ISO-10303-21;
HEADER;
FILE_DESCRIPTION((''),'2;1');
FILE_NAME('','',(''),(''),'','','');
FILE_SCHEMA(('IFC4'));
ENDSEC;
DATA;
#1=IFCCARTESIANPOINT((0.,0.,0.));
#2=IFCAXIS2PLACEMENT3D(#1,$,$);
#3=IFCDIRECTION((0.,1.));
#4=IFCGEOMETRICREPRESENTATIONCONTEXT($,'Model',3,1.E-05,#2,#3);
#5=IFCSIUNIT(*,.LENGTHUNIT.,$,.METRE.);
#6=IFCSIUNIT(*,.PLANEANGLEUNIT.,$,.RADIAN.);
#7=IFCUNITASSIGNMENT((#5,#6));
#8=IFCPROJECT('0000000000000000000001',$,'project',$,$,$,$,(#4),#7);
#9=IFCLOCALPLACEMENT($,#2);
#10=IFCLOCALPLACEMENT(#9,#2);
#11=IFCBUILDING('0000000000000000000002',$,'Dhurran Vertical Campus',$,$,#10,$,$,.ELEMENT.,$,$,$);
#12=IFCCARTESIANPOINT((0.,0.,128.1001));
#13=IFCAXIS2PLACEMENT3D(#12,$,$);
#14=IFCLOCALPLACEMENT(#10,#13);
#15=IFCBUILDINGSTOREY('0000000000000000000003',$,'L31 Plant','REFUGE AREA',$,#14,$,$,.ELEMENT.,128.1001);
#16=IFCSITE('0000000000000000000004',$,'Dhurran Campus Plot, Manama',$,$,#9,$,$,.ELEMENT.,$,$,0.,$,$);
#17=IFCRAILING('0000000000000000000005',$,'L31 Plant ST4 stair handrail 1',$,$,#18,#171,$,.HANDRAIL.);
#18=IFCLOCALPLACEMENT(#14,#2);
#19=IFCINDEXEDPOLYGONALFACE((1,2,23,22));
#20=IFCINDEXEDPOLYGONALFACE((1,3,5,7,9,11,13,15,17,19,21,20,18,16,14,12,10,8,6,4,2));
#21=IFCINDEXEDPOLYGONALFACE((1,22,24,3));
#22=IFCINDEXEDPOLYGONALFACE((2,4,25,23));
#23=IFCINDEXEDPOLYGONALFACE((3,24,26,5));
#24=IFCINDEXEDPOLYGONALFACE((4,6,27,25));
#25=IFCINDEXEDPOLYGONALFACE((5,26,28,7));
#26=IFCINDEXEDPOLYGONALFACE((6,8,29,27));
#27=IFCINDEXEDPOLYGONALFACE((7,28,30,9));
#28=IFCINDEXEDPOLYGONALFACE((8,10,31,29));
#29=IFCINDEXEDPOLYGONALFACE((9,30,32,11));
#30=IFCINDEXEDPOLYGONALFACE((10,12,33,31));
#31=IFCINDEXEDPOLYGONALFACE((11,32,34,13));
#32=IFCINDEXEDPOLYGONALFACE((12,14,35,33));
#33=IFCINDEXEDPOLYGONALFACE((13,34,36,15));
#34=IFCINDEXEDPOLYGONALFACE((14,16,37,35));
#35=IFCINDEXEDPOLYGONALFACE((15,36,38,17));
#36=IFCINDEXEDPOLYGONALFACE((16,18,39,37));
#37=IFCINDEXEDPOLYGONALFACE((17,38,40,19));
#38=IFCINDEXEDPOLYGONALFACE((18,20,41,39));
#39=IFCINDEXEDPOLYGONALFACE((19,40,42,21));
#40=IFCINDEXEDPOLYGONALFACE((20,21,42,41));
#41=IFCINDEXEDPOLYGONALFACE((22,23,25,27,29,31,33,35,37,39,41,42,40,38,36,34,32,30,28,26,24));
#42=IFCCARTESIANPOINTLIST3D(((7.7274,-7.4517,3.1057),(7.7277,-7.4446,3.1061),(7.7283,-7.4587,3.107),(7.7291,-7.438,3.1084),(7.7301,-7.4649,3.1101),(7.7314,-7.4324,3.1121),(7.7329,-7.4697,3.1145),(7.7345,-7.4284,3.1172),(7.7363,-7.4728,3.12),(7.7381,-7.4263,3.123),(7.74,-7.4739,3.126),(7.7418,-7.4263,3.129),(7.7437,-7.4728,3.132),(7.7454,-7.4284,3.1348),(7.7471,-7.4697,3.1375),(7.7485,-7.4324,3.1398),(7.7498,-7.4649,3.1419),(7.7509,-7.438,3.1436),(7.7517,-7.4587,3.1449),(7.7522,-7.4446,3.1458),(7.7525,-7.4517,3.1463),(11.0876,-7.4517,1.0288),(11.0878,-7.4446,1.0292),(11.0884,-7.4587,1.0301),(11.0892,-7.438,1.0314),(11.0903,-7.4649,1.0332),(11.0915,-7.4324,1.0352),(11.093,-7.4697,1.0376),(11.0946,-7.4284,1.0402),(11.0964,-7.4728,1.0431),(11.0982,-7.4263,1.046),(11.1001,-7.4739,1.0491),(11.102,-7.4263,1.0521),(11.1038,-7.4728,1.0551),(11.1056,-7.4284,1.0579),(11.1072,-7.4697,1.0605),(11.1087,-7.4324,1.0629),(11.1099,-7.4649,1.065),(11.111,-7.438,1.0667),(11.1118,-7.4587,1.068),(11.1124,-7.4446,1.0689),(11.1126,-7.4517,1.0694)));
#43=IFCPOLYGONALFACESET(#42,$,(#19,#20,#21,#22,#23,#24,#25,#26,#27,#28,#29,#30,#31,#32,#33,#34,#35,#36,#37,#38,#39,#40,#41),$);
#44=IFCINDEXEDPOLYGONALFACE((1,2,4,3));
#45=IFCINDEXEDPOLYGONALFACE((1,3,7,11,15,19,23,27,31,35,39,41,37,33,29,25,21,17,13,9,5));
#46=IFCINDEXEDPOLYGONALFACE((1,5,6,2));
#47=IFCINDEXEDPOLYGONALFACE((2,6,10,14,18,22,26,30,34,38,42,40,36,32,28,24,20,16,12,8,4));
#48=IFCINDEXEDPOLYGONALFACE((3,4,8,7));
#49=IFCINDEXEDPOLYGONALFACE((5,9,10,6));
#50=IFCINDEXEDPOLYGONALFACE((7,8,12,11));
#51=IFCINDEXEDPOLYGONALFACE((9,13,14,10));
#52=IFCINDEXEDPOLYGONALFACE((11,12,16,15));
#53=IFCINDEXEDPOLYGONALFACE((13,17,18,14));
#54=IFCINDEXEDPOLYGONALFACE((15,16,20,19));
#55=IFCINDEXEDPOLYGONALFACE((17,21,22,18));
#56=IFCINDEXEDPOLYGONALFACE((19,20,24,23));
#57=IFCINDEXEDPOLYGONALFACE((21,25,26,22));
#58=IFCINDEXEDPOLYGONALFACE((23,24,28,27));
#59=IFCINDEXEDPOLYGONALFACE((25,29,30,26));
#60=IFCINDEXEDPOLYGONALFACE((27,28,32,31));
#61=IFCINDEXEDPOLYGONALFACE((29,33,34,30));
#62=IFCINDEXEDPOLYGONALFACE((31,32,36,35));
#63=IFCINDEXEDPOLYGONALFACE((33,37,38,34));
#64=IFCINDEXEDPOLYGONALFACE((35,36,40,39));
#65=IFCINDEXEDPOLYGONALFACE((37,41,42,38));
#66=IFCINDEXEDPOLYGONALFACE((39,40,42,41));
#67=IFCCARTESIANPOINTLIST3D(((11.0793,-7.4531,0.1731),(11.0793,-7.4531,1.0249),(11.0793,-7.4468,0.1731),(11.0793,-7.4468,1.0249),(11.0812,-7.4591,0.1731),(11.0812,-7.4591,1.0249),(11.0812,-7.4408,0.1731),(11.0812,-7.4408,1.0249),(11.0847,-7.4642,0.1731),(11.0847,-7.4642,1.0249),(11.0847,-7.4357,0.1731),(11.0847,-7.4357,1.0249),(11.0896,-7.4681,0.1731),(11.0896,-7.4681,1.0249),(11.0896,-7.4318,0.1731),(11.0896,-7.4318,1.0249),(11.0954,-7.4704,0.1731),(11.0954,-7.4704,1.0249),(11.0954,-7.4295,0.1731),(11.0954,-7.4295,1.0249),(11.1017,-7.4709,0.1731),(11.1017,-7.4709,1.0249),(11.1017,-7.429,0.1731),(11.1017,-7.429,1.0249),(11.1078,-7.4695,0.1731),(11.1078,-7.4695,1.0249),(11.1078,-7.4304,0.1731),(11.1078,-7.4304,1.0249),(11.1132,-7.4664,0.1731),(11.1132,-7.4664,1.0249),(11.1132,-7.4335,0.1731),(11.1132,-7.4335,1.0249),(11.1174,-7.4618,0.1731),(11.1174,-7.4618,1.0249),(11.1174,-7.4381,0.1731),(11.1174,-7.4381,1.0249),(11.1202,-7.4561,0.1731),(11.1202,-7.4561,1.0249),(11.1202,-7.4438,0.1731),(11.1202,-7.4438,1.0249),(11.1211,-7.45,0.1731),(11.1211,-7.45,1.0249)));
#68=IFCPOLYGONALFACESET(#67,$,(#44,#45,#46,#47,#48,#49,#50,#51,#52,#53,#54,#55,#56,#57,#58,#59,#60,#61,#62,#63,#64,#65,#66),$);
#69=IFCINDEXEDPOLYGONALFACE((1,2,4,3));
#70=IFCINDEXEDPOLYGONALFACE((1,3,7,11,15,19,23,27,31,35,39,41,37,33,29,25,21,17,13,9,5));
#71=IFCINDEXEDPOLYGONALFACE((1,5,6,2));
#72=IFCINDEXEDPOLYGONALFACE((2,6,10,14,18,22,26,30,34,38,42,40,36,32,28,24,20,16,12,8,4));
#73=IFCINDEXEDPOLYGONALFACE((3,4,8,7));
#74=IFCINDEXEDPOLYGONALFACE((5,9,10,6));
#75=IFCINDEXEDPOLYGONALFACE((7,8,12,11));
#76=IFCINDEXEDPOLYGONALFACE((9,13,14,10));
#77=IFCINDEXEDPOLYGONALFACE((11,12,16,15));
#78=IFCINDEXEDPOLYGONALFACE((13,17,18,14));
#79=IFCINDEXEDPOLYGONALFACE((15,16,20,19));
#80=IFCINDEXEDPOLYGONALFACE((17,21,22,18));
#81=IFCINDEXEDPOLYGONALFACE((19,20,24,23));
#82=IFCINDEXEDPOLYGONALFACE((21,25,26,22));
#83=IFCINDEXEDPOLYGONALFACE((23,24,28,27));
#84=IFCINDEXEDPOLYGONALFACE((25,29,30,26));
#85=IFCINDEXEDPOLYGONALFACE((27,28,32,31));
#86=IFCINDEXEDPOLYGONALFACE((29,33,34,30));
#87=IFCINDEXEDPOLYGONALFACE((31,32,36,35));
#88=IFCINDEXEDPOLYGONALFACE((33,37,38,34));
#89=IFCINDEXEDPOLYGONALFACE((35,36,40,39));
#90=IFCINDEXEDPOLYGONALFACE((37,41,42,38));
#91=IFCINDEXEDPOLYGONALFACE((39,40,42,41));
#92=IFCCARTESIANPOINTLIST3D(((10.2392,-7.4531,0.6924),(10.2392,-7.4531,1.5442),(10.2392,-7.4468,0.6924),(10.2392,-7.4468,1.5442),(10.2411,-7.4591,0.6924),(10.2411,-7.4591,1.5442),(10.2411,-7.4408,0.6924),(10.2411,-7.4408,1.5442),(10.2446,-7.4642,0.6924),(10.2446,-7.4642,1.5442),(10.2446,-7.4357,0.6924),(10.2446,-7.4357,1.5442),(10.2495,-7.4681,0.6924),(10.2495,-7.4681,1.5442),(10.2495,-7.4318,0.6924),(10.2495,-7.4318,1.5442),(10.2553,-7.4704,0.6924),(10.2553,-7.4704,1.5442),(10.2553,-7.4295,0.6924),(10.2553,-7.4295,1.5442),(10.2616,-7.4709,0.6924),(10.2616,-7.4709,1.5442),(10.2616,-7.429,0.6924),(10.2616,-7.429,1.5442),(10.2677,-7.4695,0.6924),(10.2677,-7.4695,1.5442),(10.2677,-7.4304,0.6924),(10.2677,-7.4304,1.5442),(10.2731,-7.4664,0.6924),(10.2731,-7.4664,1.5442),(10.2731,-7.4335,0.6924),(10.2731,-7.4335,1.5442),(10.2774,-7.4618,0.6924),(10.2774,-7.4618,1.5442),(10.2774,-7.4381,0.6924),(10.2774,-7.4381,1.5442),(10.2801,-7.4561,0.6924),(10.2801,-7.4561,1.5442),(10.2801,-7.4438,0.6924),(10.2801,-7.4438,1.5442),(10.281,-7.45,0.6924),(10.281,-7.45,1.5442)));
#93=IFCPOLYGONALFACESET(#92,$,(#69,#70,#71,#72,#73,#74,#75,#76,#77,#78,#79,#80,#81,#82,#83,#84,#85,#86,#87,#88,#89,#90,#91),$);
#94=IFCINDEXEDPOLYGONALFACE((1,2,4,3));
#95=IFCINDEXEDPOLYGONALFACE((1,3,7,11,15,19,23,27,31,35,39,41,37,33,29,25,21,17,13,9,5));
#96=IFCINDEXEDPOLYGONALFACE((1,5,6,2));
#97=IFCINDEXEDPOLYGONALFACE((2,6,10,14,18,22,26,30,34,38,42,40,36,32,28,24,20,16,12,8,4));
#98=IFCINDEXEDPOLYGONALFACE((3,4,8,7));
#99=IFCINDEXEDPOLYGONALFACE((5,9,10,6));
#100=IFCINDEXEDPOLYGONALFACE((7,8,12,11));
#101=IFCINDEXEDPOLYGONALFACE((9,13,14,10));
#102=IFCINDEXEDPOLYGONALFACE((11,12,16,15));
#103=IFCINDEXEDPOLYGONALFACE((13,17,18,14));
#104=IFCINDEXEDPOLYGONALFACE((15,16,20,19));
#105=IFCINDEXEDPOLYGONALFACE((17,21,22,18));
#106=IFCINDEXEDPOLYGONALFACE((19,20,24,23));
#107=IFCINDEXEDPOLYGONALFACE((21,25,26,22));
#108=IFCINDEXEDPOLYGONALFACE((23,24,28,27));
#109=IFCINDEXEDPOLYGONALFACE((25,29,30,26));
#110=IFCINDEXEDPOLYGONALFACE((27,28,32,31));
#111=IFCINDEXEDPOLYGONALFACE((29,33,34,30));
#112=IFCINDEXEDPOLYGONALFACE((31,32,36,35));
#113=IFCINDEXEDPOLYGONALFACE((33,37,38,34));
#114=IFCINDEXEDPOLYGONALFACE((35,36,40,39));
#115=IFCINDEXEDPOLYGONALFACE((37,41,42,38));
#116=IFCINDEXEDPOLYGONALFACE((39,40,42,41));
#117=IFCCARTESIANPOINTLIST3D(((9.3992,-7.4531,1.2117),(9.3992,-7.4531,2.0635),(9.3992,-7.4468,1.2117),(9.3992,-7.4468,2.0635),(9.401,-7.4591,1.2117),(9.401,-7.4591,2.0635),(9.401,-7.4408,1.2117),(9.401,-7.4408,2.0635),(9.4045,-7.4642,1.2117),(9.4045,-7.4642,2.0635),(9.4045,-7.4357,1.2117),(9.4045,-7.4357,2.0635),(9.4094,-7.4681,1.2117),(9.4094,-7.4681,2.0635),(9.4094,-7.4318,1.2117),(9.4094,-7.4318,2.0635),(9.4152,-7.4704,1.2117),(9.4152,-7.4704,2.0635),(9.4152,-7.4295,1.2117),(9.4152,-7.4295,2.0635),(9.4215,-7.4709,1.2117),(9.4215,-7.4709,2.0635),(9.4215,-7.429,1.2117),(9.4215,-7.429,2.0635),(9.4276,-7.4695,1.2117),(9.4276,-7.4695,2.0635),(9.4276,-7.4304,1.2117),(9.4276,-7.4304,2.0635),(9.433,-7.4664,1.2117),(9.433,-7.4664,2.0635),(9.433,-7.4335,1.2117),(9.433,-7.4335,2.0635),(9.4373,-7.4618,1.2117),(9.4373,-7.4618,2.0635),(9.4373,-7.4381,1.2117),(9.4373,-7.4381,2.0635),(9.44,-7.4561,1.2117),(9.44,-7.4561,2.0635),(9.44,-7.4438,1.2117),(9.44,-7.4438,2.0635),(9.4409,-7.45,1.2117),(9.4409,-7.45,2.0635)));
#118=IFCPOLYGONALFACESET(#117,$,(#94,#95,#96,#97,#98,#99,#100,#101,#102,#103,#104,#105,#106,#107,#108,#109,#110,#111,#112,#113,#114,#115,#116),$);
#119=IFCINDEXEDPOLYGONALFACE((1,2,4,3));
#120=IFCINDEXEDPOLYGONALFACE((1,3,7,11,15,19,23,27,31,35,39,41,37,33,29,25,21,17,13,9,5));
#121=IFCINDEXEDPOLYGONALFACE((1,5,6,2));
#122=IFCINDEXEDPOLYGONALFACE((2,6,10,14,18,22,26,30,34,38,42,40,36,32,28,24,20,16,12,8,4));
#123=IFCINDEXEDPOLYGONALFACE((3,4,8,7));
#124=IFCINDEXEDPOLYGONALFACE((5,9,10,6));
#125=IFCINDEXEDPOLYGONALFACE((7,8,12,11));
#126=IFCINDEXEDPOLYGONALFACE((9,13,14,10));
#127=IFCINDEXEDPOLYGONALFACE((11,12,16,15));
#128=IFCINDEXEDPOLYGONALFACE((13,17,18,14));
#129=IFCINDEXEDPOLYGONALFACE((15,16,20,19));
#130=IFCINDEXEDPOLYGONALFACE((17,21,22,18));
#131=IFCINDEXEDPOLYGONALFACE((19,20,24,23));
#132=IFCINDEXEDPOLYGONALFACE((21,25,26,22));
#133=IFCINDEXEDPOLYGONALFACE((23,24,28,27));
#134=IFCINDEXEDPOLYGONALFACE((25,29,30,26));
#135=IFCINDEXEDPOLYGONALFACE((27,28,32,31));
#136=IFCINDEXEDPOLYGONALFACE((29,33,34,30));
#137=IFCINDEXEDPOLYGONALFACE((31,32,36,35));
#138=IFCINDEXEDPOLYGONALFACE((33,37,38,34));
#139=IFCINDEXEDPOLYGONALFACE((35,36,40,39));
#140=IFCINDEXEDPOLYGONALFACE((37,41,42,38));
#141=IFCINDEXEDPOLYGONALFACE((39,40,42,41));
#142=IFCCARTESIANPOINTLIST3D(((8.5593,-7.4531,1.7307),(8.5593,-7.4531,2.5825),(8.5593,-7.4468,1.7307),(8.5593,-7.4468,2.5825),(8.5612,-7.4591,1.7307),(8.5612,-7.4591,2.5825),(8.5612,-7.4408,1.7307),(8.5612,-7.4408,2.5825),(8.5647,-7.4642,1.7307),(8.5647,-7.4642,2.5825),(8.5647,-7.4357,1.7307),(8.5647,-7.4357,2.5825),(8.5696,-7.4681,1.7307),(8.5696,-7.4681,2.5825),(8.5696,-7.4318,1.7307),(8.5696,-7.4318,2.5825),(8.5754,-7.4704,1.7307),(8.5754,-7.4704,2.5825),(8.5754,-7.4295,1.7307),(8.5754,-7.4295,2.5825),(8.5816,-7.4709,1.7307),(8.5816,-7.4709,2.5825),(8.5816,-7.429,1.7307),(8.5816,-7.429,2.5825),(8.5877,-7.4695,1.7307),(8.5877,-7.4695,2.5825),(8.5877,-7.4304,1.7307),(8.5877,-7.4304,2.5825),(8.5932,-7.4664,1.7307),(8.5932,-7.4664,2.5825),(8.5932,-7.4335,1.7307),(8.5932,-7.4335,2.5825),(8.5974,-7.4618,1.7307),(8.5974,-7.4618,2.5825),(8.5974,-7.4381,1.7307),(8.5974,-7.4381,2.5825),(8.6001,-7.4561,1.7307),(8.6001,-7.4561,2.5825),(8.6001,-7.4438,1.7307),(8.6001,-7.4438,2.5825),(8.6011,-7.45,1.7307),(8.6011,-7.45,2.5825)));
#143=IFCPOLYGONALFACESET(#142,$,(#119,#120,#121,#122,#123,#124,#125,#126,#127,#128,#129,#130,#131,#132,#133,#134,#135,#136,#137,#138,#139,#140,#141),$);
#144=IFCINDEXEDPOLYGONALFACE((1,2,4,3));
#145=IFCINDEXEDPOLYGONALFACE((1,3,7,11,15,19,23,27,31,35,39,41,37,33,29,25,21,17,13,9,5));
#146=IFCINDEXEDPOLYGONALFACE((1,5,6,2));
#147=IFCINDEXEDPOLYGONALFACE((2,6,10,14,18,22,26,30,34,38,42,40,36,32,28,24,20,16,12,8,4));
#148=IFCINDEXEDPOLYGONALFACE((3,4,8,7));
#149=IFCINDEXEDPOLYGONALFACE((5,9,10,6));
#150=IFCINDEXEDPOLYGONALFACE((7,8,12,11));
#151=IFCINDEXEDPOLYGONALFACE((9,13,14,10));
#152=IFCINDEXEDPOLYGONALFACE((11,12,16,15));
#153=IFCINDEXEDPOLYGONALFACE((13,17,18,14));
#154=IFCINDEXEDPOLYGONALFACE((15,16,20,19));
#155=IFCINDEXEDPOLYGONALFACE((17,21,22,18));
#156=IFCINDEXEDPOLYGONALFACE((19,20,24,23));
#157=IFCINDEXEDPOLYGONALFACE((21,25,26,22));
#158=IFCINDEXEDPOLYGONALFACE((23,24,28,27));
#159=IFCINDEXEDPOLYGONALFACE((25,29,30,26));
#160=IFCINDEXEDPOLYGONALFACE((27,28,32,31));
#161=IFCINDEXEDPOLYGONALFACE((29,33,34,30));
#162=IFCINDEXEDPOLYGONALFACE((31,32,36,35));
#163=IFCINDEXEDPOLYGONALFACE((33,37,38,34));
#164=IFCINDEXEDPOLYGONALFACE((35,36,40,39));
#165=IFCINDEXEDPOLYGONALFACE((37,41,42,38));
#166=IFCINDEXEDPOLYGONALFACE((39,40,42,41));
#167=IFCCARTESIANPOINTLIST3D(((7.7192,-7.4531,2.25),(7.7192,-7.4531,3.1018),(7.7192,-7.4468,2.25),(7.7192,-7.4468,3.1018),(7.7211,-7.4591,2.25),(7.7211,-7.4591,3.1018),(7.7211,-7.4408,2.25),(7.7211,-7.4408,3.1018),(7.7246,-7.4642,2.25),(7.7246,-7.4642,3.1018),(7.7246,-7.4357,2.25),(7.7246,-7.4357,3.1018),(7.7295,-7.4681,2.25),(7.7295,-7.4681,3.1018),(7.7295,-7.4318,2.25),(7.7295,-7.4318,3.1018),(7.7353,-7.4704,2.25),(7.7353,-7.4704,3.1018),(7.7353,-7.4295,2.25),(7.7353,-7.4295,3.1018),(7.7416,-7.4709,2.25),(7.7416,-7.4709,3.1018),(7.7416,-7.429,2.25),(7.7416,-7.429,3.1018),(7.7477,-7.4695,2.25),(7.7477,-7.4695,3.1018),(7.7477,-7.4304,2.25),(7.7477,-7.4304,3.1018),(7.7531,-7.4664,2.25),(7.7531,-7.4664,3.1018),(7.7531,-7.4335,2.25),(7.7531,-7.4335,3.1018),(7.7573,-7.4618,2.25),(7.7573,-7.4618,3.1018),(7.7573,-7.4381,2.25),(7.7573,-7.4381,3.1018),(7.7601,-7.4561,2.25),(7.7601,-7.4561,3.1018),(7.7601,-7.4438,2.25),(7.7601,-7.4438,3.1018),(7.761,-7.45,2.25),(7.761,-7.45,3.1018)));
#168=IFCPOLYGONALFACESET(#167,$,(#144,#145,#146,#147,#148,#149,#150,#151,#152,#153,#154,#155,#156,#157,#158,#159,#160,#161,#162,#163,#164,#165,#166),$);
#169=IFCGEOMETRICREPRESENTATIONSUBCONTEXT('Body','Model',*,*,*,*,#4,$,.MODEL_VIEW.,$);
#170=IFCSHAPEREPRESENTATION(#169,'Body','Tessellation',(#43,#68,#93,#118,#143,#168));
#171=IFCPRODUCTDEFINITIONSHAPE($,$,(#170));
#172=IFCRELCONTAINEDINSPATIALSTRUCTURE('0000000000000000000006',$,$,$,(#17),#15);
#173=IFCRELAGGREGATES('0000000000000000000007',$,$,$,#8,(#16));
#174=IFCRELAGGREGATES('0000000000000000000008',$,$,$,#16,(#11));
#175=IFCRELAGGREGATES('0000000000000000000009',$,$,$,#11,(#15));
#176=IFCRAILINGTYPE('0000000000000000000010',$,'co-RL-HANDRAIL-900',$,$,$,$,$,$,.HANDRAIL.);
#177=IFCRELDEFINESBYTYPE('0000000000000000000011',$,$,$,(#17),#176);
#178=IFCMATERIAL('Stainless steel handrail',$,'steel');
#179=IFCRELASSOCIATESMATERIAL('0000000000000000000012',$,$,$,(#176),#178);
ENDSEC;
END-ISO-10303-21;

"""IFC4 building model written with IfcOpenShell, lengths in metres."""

from ifc_helpers import new_model, si_unit, direction, frame, origin, origin_2d, place, context, subcontext, project, spatial, circle, extrude, material, type_object, element, save


model = new_model("IFC4")

# Units and contexts
model_context = context("Model", 3, precision=1e-05, world=origin(), true_north=direction((0.0, 1.0)))
body_context = subcontext(model_context, "Body", "Model", "MODEL_VIEW")
ifc_project = project(units=[si_unit("LENGTHUNIT", "METRE"), si_unit("PLANEANGLEUNIT", "RADIAN")], contexts=[model_context])

# Site, building, storey
site_placement = place(None, origin())
site = spatial("IfcSite", under=ifc_project, at=site_placement, Name="Dhurran Campus Plot, Manama", CompositionType="ELEMENT", RefElevation=0.0)
building_placement = place(site_placement, origin())
building = spatial("IfcBuilding", under=site, at=building_placement, Name="Dhurran Vertical Campus", CompositionType="ELEMENT")
storey_placement = place(building_placement, frame((0.0, 0.0, 128.1001)))
storey = spatial("IfcBuildingStorey", under=building, at=storey_placement, Name="L31 Plant", Description="REFUGE AREA", CompositionType="ELEMENT", Elevation=128.1001)

# Railing
ifc_material_1 = material(Name="Stainless steel handrail", Category="steel")
railing_type_1 = type_object("IfcRailingType", Name="co-RL-HANDRAIL-900", PredefinedType="HANDRAIL", material=ifc_material_1)
railing_1_placement = place(storey_placement, frame((11.1001, -7.45, 0.1731)))
element("IfcRailing", 1, at=railing_1_placement, inside=storey, type_object=railing_type_1, Name="L31 Plant ST4 stair handrail 1", PredefinedType="HANDRAIL", context=body_context, shape_type="SweptSolid", body=[
    extrude(circle(Radius=0.0239, at=origin_2d()), frame((0.0, 0.0, 0.876), z_axis=(-0.850623, 0.0, 0.525776), x_axis=(0.0, -1.0, 0.0)), (0.0, 0.0, 1.0), 3.9502),
    extrude(circle(Radius=0.021, at=origin_2d()), origin(), (0.0, 0.0, 1.0), 0.8518),
    extrude(circle(Radius=0.021, at=origin_2d()), frame((-0.8401, 0.0, 0.5193)), (0.0, 0.0, 1.0), 0.8518),
    extrude(circle(Radius=0.021, at=origin_2d()), frame((-1.6802, 0.0, 1.0386)), (0.0, 0.0, 1.0), 0.8518),
    extrude(circle(Radius=0.021, at=origin_2d()), frame((-2.52, 0.0, 1.5576)), (0.0, 0.0, 1.0), 0.8518),
    extrude(circle(Radius=0.021, at=origin_2d()), frame((-3.3601, 0.0, 2.0769)), (0.0, 0.0, 1.0), 0.8518),
])

save(model, "model.ifc")
